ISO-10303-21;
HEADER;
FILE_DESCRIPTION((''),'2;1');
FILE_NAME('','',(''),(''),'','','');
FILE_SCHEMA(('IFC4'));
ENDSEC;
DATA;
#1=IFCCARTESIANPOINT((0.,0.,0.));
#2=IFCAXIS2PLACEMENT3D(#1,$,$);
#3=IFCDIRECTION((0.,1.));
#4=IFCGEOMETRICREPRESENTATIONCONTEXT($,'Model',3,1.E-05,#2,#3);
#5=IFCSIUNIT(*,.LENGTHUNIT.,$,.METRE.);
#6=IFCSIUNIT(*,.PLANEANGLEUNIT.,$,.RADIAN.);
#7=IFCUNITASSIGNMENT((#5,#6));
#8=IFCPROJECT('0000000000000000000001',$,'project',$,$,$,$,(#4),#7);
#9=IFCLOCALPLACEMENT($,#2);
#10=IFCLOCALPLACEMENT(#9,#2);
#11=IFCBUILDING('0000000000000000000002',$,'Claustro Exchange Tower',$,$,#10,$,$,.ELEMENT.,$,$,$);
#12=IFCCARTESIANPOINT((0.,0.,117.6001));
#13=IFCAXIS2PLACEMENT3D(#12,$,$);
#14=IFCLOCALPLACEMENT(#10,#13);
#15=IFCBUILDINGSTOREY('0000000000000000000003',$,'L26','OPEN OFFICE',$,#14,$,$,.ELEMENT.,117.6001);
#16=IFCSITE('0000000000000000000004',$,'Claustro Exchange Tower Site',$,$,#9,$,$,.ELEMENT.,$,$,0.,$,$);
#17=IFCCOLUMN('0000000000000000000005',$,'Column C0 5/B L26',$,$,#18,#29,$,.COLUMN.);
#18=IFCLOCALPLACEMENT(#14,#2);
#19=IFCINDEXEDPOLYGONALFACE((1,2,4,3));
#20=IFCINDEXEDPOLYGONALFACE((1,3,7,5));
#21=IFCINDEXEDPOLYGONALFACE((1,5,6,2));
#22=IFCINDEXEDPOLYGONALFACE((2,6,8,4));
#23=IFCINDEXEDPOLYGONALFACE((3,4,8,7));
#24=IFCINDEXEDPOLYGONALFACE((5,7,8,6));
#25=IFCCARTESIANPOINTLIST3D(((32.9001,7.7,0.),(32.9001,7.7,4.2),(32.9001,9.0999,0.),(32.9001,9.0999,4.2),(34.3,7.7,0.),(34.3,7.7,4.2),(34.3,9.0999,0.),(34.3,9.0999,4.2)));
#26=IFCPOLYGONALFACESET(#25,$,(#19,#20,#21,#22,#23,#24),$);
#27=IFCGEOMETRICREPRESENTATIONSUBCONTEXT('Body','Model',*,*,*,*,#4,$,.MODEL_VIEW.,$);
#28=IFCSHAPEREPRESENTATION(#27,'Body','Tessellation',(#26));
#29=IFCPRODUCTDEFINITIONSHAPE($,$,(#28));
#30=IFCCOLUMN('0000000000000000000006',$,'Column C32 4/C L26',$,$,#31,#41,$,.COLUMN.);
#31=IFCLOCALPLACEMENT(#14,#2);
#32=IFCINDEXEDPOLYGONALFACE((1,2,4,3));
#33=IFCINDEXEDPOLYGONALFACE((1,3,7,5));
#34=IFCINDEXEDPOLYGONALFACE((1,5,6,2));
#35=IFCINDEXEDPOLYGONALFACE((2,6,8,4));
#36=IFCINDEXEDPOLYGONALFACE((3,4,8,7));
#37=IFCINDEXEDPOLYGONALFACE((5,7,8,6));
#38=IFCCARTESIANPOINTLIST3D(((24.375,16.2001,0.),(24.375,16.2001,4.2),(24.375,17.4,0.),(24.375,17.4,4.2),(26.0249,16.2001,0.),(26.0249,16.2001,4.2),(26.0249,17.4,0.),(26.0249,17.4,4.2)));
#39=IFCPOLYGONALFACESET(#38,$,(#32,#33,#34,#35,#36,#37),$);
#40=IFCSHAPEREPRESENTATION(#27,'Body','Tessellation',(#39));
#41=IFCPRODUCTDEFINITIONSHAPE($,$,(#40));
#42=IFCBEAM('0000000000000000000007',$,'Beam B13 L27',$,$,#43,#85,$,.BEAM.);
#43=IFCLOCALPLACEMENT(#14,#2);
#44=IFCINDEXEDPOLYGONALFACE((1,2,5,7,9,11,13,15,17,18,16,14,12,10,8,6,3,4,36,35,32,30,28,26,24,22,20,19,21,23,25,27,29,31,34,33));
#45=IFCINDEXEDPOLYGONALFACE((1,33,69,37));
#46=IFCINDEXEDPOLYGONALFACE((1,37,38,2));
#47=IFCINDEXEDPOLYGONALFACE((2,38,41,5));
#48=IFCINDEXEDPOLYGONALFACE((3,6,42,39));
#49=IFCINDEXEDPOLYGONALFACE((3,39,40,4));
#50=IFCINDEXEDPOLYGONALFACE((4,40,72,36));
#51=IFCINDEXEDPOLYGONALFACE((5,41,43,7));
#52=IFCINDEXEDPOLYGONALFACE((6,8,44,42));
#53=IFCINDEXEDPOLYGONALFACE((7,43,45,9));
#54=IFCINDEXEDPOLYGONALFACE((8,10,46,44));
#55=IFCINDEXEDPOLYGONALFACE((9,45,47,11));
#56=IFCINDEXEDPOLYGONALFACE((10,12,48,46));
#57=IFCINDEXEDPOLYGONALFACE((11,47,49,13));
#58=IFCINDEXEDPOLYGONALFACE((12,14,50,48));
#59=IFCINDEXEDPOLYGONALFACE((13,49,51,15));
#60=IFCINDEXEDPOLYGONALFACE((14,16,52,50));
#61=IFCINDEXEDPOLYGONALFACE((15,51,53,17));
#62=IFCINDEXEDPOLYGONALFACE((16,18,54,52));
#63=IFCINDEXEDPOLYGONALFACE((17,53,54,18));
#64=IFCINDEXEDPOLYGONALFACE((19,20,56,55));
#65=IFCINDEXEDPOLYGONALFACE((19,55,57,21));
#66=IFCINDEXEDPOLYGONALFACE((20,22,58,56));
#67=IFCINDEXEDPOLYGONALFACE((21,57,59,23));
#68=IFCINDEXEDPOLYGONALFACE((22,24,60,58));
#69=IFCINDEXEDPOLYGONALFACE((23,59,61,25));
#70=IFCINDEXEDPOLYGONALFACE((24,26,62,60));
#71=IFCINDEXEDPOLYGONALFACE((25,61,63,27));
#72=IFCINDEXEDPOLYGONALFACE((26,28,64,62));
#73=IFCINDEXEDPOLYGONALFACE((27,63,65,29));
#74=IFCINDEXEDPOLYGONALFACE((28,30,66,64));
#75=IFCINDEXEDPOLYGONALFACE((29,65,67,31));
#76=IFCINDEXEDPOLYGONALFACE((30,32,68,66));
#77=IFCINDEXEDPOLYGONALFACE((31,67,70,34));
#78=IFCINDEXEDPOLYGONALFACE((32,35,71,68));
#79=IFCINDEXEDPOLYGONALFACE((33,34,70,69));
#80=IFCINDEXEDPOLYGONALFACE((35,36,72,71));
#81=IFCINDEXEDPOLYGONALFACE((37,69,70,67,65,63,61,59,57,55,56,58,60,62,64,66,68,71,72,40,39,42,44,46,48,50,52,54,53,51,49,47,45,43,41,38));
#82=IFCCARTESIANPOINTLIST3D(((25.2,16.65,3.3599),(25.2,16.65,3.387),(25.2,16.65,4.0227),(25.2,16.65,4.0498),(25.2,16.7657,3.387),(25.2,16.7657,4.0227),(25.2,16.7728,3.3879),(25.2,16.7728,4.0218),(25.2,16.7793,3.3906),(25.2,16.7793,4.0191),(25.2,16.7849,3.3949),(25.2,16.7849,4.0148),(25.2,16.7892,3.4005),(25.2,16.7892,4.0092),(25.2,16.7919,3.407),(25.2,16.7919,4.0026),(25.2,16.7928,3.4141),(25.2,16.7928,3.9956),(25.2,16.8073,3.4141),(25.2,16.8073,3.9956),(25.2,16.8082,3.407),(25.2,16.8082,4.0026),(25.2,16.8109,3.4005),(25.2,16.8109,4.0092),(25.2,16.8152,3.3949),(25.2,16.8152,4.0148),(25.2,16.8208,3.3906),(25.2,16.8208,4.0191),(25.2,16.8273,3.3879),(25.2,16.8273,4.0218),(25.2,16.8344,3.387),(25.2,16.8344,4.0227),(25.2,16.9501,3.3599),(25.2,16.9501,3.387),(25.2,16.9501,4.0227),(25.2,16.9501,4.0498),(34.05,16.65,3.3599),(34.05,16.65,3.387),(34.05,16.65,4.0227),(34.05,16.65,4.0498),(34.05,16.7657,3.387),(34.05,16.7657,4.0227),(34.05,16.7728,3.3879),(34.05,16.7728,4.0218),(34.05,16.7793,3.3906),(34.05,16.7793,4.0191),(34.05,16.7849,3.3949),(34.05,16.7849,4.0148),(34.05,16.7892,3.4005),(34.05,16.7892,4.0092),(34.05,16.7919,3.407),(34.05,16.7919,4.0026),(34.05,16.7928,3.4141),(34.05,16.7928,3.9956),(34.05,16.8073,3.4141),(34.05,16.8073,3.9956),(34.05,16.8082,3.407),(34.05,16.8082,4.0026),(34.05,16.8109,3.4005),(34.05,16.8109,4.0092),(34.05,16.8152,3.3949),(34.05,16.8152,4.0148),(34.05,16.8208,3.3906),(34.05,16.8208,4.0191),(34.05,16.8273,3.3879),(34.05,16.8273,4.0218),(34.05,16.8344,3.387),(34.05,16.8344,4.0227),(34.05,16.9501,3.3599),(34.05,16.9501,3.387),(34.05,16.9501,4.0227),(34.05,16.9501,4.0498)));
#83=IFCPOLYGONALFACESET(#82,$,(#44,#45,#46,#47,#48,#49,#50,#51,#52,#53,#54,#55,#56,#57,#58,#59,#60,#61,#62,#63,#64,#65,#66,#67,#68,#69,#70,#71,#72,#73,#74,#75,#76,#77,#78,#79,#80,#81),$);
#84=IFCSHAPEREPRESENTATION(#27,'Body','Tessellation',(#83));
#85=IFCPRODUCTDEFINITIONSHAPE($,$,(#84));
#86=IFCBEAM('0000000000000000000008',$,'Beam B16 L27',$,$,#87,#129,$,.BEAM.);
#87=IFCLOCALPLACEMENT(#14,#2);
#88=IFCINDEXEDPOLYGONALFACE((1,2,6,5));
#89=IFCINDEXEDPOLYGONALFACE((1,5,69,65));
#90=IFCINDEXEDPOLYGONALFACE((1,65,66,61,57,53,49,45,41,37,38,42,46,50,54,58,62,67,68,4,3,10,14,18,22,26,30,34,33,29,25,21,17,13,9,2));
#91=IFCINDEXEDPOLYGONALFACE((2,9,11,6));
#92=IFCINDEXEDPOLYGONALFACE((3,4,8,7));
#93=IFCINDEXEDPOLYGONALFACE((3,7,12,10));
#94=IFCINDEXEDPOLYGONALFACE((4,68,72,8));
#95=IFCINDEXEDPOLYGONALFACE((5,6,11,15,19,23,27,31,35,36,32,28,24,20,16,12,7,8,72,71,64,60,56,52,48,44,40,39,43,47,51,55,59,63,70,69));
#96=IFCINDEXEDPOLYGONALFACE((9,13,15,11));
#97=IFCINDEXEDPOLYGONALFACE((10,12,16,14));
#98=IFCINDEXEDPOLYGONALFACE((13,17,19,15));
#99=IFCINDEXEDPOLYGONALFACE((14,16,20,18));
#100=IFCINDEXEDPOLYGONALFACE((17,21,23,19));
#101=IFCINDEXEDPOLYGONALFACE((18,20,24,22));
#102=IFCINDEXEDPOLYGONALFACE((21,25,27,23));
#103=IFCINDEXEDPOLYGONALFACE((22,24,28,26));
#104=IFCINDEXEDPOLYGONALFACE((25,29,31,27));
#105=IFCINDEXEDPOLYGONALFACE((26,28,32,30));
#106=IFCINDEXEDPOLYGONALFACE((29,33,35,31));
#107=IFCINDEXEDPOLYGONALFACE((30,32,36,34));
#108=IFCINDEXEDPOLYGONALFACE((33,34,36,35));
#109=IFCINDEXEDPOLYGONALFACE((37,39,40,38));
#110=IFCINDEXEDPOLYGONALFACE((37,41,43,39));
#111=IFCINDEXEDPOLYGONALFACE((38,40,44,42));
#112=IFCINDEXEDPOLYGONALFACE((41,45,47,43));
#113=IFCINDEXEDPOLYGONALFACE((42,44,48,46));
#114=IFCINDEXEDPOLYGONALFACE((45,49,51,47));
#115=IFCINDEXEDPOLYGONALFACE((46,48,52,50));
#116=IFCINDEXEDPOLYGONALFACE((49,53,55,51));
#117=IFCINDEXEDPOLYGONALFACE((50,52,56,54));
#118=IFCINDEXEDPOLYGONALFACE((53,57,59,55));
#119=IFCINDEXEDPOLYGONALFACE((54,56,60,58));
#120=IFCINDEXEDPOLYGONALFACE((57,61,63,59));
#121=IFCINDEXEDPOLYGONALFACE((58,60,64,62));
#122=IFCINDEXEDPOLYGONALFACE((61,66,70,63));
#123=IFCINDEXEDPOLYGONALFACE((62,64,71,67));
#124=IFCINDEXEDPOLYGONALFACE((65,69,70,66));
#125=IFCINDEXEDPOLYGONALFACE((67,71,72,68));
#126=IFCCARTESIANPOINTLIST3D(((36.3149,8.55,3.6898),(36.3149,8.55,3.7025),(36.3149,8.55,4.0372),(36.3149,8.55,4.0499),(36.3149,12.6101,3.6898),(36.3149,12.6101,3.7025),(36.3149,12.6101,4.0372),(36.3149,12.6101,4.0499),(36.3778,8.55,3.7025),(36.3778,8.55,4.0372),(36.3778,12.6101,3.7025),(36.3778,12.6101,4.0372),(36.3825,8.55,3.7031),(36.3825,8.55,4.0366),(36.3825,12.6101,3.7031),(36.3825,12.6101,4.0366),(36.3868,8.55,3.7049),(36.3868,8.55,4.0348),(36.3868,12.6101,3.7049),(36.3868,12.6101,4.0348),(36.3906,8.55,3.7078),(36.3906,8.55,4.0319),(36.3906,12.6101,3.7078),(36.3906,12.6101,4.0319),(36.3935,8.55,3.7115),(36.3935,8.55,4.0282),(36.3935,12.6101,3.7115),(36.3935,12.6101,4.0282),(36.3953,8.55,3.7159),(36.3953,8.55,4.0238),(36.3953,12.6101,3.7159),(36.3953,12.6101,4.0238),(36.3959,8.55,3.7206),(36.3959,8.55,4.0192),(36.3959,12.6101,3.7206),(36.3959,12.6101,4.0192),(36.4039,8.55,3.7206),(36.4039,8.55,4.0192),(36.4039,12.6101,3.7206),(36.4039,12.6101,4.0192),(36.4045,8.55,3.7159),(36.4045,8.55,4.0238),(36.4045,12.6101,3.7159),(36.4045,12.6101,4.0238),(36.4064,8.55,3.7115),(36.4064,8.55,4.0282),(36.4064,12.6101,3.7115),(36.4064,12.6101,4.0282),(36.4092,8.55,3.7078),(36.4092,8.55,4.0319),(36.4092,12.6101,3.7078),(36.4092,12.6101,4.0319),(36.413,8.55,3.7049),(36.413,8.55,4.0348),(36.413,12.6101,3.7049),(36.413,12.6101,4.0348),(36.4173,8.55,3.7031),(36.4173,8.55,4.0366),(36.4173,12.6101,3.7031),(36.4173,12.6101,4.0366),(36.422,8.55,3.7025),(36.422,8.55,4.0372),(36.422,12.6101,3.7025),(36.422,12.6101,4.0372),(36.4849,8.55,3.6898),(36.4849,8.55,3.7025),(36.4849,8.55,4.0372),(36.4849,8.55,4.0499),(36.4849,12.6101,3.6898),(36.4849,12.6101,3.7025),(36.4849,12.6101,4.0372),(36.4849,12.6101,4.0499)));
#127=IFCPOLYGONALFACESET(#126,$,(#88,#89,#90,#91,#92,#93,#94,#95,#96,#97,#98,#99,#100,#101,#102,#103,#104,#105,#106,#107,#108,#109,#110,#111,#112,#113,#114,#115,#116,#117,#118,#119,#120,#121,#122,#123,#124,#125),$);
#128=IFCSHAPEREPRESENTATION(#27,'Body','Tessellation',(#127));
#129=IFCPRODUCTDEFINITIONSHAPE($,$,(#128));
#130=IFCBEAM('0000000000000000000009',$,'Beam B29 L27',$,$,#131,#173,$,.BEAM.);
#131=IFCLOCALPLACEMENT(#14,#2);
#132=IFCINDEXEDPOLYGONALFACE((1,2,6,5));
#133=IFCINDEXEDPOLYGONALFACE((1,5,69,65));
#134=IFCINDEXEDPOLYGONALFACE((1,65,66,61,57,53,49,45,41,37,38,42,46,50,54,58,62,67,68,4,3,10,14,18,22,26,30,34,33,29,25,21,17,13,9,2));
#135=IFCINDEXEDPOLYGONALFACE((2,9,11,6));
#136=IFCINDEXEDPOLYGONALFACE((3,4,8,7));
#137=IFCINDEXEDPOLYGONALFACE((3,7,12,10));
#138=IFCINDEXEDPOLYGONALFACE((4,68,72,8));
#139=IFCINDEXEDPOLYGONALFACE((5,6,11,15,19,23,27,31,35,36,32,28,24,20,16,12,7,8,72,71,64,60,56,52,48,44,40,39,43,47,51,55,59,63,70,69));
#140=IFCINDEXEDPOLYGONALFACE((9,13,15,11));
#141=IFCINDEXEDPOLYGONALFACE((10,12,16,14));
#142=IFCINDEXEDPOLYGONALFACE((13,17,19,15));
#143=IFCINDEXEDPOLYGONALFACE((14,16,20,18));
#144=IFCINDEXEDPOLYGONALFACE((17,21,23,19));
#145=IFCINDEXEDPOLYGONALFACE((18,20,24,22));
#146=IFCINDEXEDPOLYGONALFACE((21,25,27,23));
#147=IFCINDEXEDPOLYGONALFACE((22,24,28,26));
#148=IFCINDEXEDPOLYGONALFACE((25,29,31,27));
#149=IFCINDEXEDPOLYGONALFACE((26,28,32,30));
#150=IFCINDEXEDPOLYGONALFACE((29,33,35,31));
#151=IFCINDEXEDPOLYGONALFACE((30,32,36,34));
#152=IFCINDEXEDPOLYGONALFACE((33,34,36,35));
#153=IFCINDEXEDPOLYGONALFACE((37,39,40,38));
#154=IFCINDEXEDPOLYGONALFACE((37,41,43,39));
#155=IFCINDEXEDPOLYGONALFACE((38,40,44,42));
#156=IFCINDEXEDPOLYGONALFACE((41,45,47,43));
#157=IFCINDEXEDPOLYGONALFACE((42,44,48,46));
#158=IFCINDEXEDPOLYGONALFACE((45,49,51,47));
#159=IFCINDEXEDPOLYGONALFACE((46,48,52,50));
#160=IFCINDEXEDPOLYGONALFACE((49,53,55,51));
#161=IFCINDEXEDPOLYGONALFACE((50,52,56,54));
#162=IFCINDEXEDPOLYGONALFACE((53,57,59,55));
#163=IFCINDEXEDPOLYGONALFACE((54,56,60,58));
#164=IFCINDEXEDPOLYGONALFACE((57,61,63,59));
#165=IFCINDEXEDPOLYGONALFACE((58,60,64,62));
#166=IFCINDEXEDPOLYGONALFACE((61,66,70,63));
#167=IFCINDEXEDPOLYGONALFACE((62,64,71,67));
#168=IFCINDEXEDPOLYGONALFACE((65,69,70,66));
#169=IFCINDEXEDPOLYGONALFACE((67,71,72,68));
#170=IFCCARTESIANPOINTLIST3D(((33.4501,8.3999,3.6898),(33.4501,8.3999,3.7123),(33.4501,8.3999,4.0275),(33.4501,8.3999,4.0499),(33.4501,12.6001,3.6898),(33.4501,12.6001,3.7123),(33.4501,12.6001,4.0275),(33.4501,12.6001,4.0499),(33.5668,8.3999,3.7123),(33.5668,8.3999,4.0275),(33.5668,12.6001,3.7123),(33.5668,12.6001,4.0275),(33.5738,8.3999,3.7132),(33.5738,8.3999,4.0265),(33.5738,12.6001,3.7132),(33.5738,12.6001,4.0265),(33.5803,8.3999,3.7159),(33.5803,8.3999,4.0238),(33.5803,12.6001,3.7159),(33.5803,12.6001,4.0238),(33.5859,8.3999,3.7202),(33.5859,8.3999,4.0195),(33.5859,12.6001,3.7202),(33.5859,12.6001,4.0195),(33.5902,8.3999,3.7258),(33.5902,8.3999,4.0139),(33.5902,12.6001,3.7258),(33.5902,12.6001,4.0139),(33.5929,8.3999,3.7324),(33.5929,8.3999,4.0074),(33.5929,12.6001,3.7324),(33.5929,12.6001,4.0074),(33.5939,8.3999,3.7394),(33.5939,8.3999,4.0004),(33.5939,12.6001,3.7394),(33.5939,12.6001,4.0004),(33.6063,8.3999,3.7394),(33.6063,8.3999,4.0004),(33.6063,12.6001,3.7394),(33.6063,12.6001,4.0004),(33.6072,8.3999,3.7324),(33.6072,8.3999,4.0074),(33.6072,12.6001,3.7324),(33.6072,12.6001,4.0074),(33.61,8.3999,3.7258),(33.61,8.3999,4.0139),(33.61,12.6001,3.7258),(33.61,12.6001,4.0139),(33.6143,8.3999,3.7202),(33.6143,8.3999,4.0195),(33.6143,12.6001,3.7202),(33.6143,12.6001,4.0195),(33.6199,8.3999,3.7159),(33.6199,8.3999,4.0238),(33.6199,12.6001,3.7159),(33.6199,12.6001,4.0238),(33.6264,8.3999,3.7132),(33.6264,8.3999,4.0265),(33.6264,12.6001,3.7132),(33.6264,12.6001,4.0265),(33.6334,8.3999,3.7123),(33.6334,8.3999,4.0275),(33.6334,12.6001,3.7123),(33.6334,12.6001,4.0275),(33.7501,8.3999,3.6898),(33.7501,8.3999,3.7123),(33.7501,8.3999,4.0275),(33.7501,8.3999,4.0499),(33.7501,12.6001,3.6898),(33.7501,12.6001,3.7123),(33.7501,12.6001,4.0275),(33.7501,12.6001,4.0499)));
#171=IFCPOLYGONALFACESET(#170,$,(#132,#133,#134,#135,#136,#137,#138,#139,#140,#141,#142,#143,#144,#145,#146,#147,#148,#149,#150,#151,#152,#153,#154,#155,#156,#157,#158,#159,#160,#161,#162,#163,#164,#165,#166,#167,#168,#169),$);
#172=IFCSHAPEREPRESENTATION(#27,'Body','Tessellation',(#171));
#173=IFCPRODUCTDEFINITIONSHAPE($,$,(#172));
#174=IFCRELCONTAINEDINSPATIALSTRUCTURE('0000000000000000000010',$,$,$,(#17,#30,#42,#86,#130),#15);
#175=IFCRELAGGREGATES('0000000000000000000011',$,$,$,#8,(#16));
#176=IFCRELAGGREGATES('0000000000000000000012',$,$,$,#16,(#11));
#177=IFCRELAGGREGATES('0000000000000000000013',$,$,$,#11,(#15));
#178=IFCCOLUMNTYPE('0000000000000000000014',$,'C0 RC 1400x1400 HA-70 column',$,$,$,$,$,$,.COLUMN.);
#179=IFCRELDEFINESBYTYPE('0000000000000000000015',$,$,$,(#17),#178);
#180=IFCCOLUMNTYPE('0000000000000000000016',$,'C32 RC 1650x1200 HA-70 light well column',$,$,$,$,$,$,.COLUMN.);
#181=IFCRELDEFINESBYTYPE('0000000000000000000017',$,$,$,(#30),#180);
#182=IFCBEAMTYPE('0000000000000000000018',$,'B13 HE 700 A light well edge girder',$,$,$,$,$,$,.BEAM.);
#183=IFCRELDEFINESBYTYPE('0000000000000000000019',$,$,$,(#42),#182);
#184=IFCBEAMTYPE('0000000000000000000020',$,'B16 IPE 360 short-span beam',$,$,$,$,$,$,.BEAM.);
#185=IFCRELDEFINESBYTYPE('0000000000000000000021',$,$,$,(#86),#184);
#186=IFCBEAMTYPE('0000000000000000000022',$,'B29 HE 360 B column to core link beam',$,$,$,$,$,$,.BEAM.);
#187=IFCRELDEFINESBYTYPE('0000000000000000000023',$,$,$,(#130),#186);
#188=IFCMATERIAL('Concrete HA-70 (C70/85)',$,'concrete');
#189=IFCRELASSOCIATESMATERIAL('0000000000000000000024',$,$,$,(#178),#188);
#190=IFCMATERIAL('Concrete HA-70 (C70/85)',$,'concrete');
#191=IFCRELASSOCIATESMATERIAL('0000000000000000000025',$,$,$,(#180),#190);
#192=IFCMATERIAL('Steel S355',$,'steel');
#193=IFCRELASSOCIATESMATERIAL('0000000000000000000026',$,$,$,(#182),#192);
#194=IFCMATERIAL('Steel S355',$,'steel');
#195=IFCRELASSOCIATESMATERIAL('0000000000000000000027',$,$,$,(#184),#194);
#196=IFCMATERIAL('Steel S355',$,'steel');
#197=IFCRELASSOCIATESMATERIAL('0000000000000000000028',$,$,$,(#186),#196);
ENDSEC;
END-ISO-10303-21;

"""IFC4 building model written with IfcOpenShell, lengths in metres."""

from ifc_helpers import new_model, si_unit, direction, frame, origin, origin_2d, place, context, subcontext, project, spatial, rectangle, i_section, extrude, material, material_profile, profile_set, type_object, element, save


model = new_model("IFC4")

# Units and contexts
model_context = context("Model", 3, precision=1e-05, world=origin(), true_north=direction((0.0, 1.0)))
body_context = subcontext(model_context, "Body", "Model", "MODEL_VIEW")
ifc_project = project(units=[si_unit("LENGTHUNIT", "METRE"), si_unit("PLANEANGLEUNIT", "RADIAN")], contexts=[model_context])

# Site, building, storey
site_placement = place(None, origin())
site = spatial("IfcSite", under=ifc_project, at=site_placement, Name="Claustro Exchange Tower Site", CompositionType="ELEMENT", RefElevation=0.0)
building_placement = place(site_placement, origin())
building = spatial("IfcBuilding", under=site, at=building_placement, Name="Claustro Exchange Tower", CompositionType="ELEMENT")
storey_placement = place(building_placement, frame((0.0, 0.0, 117.6001)))
storey = spatial("IfcBuildingStorey", under=building, at=storey_placement, Name="L26", Description="OPEN OFFICE", CompositionType="ELEMENT", Elevation=117.6001)

# Columns
ifc_material_1 = material(Name="Concrete HA-70 (C70/85)", Category="concrete")
ifc_material_profile_1 = material_profile(ifc_material_1, rectangle(XDim=1.3999, YDim=1.3999, at=origin_2d()), Name="RC 1400x1400")
ifc_profile_set_1 = profile_set([ifc_material_profile_1], Name="Concrete HA-70 (C70/85)")
column_type_1 = type_object("IfcColumnType", Name="C0 RC 1400x1400 HA-70 column", PredefinedType="COLUMN", material=ifc_profile_set_1)
column_1_placement = place(storey_placement, frame((33.6001, 8.3999, 0.0), z_axis=(0.0, 0.0, 1.0), x_axis=(1.0, 0.0, 0.0)))
element("IfcColumn", 1, at=column_1_placement, inside=storey, type_object=column_type_1, Name="Column C0 5/B L26", PredefinedType="COLUMN", context=body_context, shape_type="SweptSolid", body=[
    extrude(rectangle(XDim=1.3999, YDim=1.3999, at=origin_2d()), origin(), (0.0, 0.0, 1.0), 4.2),
])
ifc_material_2 = material(Name="Concrete HA-70 (C70/85)", Category="concrete")
ifc_material_profile_2 = material_profile(ifc_material_2, rectangle(XDim=1.6499, YDim=1.2, at=origin_2d()), Name="RC 1650x1200")
ifc_profile_set_2 = profile_set([ifc_material_profile_2], Name="Concrete HA-70 (C70/85)")
column_type_2 = type_object("IfcColumnType", Name="C32 RC 1650x1200 HA-70 light well column", PredefinedType="COLUMN", material=ifc_profile_set_2)
column_2_placement = place(storey_placement, frame((25.2, 16.8, 0.0), z_axis=(0.0, 0.0, 1.0), x_axis=(1.0, 0.0, 0.0)))
element("IfcColumn", 2, at=column_2_placement, inside=storey, type_object=column_type_2, Name="Column C32 4/C L26", PredefinedType="COLUMN", context=body_context, shape_type="SweptSolid", body=[
    extrude(rectangle(XDim=1.6499, YDim=1.2, at=origin_2d()), origin(), (0.0, 0.0, 1.0), 4.2),
])

# Beams
ifc_material_3 = material(Name="Steel S355", Category="steel")
ifc_material_profile_3 = material_profile(ifc_material_3, i_section(OverallWidth=0.3, OverallDepth=0.6899, WebThickness=0.0144, FlangeThickness=0.0271, FilletRadius=0.0271, at=origin_2d()), Name="HE 700 A")
ifc_profile_set_3 = profile_set([ifc_material_profile_3], Name="Steel S355")
beam_type_1 = type_object("IfcBeamType", Name="B13 HE 700 A light well edge girder", PredefinedType="BEAM", material=ifc_profile_set_3)
beam_1_placement = place(storey_placement, frame((25.2, 16.8, 3.7048), z_axis=(1.0, 0.0, 0.0), x_axis=(0.0, 1.0, 0.0)))
element("IfcBeam", 3, at=beam_1_placement, inside=storey, type_object=beam_type_1, Name="Beam B13 L27", PredefinedType="BEAM", context=body_context, shape_type="SweptSolid", body=[
    extrude(i_section(OverallWidth=0.3, OverallDepth=0.6899, WebThickness=0.0144, FlangeThickness=0.0271, FilletRadius=0.0271, at=origin_2d()), origin(), (0.0, 0.0, 1.0), 8.8501),
])
ifc_material_4 = material(Name="Steel S355", Category="steel")
ifc_material_profile_4 = material_profile(ifc_material_4, i_section(OverallWidth=0.1699, OverallDepth=0.3601, WebThickness=0.0081, FlangeThickness=0.0127, FilletRadius=0.0181, at=origin_2d()), Name="IPE 360")
ifc_profile_set_4 = profile_set([ifc_material_profile_4], Name="Steel S355")
beam_type_2 = type_object("IfcBeamType", Name="B16 IPE 360 short-span beam", PredefinedType="BEAM", material=ifc_profile_set_4)
beam_2_placement = place(storey_placement, frame((36.3999, 8.55, 3.8699), z_axis=(0.0, 1.0, 0.0), x_axis=(-1.0, 0.0, 0.0)))
element("IfcBeam", 4, at=beam_2_placement, inside=storey, type_object=beam_type_2, Name="Beam B16 L27", PredefinedType="BEAM", context=body_context, shape_type="SweptSolid", body=[
    extrude(i_section(OverallWidth=0.1699, OverallDepth=0.3601, WebThickness=0.0081, FlangeThickness=0.0127, FilletRadius=0.0181, at=origin_2d()), origin(), (0.0, 0.0, 1.0), 4.0601),
])
ifc_material_5 = material(Name="Steel S355", Category="steel")
ifc_material_profile_5 = material_profile(ifc_material_5, i_section(OverallWidth=0.3, OverallDepth=0.3601, WebThickness=0.0125, FlangeThickness=0.0225, FilletRadius=0.0271, at=origin_2d()), Name="HE 360 B")
ifc_profile_set_5 = profile_set([ifc_material_profile_5], Name="Steel S355")
beam_type_3 = type_object("IfcBeamType", Name="B29 HE 360 B column to core link beam", PredefinedType="BEAM", material=ifc_profile_set_5)
beam_3_placement = place(storey_placement, frame((33.6001, 8.3999, 3.8699), z_axis=(0.0, 1.0, 0.0), x_axis=(-1.0, 0.0, 0.0)))
element("IfcBeam", 5, at=beam_3_placement, inside=storey, type_object=beam_type_3, Name="Beam B29 L27", PredefinedType="BEAM", context=body_context, shape_type="SweptSolid", body=[
    extrude(i_section(OverallWidth=0.3, OverallDepth=0.3601, WebThickness=0.0125, FlangeThickness=0.0225, FilletRadius=0.0271, at=origin_2d()), origin(), (0.0, 0.0, 1.0), 4.2002),
])

save(model, "model.ifc")
